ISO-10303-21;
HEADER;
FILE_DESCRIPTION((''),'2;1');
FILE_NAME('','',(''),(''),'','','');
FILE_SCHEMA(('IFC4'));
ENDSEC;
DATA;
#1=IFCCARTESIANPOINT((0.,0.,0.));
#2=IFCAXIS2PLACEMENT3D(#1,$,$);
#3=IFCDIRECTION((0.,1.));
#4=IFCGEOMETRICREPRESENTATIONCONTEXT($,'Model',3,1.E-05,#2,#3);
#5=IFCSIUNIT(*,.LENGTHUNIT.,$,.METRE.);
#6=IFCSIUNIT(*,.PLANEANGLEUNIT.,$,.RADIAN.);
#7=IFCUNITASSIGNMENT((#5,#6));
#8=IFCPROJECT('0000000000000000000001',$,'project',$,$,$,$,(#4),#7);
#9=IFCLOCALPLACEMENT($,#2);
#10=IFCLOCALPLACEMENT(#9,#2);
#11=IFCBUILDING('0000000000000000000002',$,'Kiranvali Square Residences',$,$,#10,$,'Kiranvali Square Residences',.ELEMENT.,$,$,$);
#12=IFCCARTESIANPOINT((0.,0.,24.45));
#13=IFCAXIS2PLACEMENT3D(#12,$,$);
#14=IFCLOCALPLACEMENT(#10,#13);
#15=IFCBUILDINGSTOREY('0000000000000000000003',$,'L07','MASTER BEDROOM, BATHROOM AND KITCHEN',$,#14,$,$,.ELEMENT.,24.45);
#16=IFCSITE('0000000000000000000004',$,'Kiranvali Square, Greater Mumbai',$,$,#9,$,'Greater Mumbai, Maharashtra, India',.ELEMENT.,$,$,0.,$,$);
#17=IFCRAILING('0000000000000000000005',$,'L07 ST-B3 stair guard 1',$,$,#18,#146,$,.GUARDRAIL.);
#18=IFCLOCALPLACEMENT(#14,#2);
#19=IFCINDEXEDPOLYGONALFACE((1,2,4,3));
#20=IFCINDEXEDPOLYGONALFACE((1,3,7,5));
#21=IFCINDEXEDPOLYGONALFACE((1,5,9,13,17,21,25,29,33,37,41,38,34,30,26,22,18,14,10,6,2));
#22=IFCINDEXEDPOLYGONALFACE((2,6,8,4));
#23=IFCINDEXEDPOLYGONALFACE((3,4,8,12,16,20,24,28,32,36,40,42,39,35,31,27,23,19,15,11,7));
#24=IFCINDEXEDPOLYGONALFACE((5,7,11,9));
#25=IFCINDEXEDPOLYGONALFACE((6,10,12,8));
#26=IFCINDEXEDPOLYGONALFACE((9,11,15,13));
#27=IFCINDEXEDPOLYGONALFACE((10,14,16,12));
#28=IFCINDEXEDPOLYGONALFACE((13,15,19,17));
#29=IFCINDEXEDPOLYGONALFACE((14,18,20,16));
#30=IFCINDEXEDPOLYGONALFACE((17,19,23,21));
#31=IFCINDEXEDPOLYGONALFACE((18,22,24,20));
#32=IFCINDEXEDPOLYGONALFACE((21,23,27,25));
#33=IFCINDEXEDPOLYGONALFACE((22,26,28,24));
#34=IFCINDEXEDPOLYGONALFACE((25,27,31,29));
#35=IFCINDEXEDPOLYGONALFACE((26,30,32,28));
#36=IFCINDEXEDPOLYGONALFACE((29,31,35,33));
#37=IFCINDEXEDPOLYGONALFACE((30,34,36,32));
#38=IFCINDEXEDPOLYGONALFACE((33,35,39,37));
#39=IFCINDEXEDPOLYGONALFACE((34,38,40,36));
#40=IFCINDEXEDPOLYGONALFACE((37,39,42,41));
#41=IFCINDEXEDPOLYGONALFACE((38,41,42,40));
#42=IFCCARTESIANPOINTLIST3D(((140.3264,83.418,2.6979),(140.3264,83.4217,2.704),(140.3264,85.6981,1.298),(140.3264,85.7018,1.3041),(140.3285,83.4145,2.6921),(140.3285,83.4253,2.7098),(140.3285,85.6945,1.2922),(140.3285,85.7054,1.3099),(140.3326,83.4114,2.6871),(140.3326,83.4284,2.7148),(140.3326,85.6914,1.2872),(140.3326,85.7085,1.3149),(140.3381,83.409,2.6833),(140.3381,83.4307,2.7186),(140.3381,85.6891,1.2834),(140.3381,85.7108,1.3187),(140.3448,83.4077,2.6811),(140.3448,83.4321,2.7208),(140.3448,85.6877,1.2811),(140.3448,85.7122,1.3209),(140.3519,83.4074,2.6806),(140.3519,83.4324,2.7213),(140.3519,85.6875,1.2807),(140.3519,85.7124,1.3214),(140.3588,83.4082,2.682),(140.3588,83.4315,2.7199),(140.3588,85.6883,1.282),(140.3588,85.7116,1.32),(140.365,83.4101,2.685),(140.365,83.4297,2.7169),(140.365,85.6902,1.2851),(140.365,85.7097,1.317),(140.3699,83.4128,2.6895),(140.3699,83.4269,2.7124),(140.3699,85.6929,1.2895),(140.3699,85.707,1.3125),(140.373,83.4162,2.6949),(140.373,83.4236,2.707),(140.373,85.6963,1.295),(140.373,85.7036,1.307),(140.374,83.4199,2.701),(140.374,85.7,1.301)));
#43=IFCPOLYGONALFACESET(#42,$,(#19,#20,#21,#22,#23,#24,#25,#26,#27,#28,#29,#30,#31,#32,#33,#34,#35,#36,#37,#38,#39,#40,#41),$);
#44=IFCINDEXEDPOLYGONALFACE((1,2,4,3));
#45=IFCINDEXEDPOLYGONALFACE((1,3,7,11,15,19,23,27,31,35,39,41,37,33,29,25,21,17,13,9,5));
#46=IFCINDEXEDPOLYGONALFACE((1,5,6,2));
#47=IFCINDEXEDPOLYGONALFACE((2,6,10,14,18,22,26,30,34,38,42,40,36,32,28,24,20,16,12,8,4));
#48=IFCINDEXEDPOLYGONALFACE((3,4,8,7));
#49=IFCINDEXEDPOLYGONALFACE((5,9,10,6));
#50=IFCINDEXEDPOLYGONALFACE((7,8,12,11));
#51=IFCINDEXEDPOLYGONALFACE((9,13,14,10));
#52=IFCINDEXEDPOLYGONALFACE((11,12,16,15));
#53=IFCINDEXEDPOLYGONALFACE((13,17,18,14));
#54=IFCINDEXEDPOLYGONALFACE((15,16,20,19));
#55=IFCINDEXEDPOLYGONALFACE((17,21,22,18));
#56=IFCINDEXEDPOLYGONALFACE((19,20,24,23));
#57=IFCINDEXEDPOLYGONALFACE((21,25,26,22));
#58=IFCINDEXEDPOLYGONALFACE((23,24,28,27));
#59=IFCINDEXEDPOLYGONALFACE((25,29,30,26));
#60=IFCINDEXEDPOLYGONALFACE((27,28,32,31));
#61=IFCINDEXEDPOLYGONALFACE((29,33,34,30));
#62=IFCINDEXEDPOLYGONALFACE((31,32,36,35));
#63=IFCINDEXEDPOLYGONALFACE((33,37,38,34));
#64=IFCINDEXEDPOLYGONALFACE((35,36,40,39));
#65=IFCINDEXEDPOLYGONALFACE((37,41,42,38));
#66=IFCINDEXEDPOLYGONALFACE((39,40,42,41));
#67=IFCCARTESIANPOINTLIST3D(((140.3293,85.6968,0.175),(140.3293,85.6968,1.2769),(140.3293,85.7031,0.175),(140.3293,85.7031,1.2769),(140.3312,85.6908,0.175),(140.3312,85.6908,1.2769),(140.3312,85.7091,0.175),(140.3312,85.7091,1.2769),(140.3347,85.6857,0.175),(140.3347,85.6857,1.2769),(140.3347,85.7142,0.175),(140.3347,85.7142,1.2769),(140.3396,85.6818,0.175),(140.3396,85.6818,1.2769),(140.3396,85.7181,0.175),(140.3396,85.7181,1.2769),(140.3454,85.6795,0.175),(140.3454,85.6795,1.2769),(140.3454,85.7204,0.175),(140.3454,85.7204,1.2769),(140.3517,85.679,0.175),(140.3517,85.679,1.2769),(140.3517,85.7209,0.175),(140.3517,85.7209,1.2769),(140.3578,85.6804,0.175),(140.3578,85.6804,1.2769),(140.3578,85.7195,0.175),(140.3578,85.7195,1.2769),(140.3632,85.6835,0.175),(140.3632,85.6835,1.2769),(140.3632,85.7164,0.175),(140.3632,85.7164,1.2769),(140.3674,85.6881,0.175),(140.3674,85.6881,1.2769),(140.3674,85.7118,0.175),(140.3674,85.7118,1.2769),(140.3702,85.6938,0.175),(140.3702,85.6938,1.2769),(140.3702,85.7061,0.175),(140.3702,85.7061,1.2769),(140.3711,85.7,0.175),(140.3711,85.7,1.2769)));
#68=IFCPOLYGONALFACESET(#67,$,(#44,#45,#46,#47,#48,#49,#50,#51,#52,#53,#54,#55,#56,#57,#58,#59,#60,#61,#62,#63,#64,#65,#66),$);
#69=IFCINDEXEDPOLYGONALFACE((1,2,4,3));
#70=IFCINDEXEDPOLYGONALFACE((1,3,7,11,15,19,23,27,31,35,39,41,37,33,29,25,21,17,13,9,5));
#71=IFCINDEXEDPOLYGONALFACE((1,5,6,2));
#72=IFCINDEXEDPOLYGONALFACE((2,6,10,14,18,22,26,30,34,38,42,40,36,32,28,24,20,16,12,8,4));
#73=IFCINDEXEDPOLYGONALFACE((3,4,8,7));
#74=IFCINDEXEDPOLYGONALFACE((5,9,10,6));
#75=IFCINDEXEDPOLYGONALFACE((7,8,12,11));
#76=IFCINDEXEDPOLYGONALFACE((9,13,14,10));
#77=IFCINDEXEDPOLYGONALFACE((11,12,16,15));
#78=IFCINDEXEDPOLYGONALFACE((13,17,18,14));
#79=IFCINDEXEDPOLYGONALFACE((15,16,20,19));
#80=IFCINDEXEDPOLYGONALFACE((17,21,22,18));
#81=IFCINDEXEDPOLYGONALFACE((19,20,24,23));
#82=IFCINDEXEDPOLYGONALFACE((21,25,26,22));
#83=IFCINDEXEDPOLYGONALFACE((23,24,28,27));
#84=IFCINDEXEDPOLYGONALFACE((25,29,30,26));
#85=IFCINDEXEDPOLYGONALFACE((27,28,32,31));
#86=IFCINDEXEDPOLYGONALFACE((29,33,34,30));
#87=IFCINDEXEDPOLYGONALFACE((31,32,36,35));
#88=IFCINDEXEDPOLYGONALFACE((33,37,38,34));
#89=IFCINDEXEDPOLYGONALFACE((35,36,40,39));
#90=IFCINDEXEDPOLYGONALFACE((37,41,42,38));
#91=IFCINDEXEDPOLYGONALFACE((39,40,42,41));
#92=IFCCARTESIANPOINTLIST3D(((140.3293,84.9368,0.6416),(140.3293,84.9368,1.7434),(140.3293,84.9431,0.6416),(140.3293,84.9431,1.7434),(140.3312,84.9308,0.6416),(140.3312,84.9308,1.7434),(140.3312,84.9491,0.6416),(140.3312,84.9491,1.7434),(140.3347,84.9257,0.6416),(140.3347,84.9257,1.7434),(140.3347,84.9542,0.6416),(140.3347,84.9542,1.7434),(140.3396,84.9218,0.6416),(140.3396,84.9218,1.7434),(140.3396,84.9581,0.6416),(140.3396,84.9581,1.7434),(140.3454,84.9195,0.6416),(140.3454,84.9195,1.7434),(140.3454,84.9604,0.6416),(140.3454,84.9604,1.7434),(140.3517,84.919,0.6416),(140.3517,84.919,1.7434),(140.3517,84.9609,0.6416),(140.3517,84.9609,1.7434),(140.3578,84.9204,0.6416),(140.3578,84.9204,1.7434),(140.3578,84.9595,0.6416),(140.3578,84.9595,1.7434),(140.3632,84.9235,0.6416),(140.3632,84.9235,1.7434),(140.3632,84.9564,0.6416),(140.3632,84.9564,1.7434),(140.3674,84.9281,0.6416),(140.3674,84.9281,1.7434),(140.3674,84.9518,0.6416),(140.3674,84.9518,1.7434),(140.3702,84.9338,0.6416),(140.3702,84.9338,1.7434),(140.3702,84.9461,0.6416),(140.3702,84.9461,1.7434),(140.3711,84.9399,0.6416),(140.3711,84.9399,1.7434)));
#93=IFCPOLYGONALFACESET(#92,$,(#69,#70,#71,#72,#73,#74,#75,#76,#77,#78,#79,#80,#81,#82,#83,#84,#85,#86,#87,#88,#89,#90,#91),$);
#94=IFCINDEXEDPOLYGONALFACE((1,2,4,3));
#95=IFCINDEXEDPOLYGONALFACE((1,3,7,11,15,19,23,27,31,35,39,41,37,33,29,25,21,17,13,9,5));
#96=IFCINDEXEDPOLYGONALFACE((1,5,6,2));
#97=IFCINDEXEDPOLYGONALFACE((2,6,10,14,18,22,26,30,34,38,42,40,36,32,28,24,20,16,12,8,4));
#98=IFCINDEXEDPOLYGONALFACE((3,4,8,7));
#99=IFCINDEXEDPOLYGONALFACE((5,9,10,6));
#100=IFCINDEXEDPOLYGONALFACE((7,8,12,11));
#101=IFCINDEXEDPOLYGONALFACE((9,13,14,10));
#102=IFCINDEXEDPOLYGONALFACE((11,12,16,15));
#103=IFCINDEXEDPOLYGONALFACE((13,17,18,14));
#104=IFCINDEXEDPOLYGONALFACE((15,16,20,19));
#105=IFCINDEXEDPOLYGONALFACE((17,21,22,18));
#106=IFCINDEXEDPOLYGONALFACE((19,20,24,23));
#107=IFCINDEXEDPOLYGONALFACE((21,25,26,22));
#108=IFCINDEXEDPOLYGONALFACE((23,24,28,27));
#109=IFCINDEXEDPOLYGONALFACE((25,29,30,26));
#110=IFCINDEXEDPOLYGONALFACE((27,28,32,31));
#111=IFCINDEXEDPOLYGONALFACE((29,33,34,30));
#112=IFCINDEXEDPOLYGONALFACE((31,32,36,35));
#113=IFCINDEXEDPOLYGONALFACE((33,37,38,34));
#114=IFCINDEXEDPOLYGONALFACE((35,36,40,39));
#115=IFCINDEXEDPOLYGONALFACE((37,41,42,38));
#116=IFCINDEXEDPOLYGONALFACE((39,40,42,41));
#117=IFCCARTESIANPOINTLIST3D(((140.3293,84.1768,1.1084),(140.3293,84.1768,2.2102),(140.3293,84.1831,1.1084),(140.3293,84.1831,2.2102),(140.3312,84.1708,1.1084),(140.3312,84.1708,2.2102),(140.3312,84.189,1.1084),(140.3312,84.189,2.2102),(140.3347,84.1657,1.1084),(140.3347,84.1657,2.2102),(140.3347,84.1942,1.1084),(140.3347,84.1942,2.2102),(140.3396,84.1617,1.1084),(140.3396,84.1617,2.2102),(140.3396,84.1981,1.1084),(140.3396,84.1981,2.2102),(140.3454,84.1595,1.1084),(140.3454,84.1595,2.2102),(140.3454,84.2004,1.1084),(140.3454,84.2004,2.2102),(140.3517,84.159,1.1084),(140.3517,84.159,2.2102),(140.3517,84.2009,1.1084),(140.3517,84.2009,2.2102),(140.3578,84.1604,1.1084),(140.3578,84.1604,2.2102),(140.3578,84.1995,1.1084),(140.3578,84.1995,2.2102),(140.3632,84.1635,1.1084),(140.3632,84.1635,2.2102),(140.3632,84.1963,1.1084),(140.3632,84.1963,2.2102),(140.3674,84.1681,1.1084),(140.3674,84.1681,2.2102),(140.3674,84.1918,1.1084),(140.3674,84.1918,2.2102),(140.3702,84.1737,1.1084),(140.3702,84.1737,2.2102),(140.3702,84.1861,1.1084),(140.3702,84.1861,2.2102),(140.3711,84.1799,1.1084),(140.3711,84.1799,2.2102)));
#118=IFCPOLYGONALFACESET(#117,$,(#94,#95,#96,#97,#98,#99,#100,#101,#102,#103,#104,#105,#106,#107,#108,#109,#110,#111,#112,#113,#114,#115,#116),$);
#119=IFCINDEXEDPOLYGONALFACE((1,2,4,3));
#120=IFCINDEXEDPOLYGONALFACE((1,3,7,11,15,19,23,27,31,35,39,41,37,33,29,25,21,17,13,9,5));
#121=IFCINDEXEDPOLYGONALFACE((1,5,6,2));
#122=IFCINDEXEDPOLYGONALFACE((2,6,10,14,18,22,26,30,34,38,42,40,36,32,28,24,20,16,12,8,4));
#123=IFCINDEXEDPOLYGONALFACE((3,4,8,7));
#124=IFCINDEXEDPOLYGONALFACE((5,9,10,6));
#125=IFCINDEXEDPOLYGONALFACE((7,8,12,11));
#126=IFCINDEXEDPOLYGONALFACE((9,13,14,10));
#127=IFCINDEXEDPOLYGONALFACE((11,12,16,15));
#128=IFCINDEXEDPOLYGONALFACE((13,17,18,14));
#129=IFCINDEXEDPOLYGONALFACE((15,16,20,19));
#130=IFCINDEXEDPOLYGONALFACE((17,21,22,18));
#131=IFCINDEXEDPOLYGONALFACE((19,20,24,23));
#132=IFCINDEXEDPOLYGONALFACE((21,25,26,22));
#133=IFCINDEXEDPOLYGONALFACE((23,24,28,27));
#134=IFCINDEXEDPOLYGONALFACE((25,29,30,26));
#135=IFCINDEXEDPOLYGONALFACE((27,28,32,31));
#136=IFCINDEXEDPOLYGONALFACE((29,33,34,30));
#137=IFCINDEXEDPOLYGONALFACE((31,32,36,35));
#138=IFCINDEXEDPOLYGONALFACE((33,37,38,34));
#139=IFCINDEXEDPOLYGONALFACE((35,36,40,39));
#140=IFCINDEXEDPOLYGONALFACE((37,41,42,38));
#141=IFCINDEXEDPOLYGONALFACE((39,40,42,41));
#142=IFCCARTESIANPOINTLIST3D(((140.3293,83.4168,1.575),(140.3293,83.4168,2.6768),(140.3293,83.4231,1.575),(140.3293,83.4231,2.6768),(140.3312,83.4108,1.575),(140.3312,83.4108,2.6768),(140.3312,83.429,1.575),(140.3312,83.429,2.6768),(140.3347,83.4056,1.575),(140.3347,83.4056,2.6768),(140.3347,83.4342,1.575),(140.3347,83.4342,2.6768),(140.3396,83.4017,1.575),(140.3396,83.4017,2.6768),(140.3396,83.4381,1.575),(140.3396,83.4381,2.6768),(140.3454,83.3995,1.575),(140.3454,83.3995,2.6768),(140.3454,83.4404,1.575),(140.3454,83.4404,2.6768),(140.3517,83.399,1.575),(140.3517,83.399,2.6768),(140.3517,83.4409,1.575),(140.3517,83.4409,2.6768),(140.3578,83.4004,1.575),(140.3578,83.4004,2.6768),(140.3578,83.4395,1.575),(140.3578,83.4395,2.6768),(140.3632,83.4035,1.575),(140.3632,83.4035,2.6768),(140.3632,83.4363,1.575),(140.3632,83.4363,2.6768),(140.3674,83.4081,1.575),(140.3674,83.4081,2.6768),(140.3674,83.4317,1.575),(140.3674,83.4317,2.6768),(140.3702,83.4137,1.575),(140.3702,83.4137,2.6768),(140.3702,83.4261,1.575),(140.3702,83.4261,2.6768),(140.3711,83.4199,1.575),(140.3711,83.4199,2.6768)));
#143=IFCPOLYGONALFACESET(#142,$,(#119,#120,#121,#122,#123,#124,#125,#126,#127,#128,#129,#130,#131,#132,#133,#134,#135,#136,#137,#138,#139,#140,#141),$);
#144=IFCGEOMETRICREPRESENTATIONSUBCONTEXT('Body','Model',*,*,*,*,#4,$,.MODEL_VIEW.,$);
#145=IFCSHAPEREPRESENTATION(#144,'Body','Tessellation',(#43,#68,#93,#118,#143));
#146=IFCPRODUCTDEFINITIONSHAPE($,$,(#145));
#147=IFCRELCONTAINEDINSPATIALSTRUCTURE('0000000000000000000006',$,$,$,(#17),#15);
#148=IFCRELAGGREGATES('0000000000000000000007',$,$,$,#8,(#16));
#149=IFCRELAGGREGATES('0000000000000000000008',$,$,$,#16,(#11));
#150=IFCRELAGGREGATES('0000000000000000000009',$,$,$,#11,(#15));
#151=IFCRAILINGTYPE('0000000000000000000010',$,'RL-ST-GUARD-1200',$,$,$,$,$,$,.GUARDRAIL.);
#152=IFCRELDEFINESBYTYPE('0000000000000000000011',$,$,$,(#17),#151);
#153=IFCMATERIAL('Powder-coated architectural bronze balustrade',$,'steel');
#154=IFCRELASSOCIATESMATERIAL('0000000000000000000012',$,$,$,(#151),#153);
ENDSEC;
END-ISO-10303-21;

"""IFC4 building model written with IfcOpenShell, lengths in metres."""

from ifc_helpers import new_model, si_unit, direction, frame, origin, origin_2d, place, context, subcontext, project, spatial, circle, extrude, material, type_object, element, save


model = new_model("IFC4")

# Units and contexts
model_context = context("Model", 3, precision=1e-05, world=origin(), true_north=direction((0.0, 1.0)))
body_context = subcontext(model_context, "Body", "Model", "MODEL_VIEW")
ifc_project = project(units=[si_unit("LENGTHUNIT", "METRE"), si_unit("PLANEANGLEUNIT", "RADIAN")], contexts=[model_context])

# Site, building, storey
site_placement = place(None, origin())
site = spatial("IfcSite", under=ifc_project, at=site_placement, Name="Kiranvali Square, Greater Mumbai", LongName="Greater Mumbai, Maharashtra, India", CompositionType="ELEMENT", RefElevation=0.0)
building_placement = place(site_placement, origin())
building = spatial("IfcBuilding", under=site, at=building_placement, Name="Kiranvali Square Residences", LongName="Kiranvali Square Residences", CompositionType="ELEMENT")
storey_placement = place(building_placement, frame((0.0, 0.0, 24.45)))
storey = spatial("IfcBuildingStorey", under=building, at=storey_placement, Name="L07", Description="MASTER BEDROOM, BATHROOM AND KITCHEN", CompositionType="ELEMENT", Elevation=24.45)

# Railing
ifc_material_1 = material(Name="Powder-coated architectural bronze balustrade", Category="steel")
railing_type_1 = type_object("IfcRailingType", Name="RL-ST-GUARD-1200", PredefinedType="GUARDRAIL", material=ifc_material_1)
railing_1_placement = place(storey_placement, frame((140.3501, 85.7, 0.175)))
element("IfcRailing", 1, at=railing_1_placement, inside=storey, type_object=railing_type_1, Name="L07 ST-B3 stair guard 1", PredefinedType="GUARDRAIL", context=body_context, shape_type="SweptSolid", body=[
    extrude(circle(Radius=0.0239, at=origin_2d()), frame((0.0, 0.0, 1.126), z_axis=(0.0, -0.85219, 0.523232), x_axis=(1.0, 0.0, 0.0)), (0.0, 0.0, 1.0), 2.6755),
    extrude(circle(Radius=0.021, at=origin_2d()), origin(), (0.0, 0.0, 1.0), 1.1018),
    extrude(circle(Radius=0.021, at=origin_2d()), frame((0.0, -0.76, 0.4666)), (0.0, 0.0, 1.0), 1.1018),
    extrude(circle(Radius=0.021, at=origin_2d()), frame((0.0, -1.52, 0.9333)), (0.0, 0.0, 1.0), 1.1018),
    extrude(circle(Radius=0.021, at=origin_2d()), frame((0.0, -2.28, 1.3999)), (0.0, 0.0, 1.0), 1.1018),
])

save(model, "model.ifc")
